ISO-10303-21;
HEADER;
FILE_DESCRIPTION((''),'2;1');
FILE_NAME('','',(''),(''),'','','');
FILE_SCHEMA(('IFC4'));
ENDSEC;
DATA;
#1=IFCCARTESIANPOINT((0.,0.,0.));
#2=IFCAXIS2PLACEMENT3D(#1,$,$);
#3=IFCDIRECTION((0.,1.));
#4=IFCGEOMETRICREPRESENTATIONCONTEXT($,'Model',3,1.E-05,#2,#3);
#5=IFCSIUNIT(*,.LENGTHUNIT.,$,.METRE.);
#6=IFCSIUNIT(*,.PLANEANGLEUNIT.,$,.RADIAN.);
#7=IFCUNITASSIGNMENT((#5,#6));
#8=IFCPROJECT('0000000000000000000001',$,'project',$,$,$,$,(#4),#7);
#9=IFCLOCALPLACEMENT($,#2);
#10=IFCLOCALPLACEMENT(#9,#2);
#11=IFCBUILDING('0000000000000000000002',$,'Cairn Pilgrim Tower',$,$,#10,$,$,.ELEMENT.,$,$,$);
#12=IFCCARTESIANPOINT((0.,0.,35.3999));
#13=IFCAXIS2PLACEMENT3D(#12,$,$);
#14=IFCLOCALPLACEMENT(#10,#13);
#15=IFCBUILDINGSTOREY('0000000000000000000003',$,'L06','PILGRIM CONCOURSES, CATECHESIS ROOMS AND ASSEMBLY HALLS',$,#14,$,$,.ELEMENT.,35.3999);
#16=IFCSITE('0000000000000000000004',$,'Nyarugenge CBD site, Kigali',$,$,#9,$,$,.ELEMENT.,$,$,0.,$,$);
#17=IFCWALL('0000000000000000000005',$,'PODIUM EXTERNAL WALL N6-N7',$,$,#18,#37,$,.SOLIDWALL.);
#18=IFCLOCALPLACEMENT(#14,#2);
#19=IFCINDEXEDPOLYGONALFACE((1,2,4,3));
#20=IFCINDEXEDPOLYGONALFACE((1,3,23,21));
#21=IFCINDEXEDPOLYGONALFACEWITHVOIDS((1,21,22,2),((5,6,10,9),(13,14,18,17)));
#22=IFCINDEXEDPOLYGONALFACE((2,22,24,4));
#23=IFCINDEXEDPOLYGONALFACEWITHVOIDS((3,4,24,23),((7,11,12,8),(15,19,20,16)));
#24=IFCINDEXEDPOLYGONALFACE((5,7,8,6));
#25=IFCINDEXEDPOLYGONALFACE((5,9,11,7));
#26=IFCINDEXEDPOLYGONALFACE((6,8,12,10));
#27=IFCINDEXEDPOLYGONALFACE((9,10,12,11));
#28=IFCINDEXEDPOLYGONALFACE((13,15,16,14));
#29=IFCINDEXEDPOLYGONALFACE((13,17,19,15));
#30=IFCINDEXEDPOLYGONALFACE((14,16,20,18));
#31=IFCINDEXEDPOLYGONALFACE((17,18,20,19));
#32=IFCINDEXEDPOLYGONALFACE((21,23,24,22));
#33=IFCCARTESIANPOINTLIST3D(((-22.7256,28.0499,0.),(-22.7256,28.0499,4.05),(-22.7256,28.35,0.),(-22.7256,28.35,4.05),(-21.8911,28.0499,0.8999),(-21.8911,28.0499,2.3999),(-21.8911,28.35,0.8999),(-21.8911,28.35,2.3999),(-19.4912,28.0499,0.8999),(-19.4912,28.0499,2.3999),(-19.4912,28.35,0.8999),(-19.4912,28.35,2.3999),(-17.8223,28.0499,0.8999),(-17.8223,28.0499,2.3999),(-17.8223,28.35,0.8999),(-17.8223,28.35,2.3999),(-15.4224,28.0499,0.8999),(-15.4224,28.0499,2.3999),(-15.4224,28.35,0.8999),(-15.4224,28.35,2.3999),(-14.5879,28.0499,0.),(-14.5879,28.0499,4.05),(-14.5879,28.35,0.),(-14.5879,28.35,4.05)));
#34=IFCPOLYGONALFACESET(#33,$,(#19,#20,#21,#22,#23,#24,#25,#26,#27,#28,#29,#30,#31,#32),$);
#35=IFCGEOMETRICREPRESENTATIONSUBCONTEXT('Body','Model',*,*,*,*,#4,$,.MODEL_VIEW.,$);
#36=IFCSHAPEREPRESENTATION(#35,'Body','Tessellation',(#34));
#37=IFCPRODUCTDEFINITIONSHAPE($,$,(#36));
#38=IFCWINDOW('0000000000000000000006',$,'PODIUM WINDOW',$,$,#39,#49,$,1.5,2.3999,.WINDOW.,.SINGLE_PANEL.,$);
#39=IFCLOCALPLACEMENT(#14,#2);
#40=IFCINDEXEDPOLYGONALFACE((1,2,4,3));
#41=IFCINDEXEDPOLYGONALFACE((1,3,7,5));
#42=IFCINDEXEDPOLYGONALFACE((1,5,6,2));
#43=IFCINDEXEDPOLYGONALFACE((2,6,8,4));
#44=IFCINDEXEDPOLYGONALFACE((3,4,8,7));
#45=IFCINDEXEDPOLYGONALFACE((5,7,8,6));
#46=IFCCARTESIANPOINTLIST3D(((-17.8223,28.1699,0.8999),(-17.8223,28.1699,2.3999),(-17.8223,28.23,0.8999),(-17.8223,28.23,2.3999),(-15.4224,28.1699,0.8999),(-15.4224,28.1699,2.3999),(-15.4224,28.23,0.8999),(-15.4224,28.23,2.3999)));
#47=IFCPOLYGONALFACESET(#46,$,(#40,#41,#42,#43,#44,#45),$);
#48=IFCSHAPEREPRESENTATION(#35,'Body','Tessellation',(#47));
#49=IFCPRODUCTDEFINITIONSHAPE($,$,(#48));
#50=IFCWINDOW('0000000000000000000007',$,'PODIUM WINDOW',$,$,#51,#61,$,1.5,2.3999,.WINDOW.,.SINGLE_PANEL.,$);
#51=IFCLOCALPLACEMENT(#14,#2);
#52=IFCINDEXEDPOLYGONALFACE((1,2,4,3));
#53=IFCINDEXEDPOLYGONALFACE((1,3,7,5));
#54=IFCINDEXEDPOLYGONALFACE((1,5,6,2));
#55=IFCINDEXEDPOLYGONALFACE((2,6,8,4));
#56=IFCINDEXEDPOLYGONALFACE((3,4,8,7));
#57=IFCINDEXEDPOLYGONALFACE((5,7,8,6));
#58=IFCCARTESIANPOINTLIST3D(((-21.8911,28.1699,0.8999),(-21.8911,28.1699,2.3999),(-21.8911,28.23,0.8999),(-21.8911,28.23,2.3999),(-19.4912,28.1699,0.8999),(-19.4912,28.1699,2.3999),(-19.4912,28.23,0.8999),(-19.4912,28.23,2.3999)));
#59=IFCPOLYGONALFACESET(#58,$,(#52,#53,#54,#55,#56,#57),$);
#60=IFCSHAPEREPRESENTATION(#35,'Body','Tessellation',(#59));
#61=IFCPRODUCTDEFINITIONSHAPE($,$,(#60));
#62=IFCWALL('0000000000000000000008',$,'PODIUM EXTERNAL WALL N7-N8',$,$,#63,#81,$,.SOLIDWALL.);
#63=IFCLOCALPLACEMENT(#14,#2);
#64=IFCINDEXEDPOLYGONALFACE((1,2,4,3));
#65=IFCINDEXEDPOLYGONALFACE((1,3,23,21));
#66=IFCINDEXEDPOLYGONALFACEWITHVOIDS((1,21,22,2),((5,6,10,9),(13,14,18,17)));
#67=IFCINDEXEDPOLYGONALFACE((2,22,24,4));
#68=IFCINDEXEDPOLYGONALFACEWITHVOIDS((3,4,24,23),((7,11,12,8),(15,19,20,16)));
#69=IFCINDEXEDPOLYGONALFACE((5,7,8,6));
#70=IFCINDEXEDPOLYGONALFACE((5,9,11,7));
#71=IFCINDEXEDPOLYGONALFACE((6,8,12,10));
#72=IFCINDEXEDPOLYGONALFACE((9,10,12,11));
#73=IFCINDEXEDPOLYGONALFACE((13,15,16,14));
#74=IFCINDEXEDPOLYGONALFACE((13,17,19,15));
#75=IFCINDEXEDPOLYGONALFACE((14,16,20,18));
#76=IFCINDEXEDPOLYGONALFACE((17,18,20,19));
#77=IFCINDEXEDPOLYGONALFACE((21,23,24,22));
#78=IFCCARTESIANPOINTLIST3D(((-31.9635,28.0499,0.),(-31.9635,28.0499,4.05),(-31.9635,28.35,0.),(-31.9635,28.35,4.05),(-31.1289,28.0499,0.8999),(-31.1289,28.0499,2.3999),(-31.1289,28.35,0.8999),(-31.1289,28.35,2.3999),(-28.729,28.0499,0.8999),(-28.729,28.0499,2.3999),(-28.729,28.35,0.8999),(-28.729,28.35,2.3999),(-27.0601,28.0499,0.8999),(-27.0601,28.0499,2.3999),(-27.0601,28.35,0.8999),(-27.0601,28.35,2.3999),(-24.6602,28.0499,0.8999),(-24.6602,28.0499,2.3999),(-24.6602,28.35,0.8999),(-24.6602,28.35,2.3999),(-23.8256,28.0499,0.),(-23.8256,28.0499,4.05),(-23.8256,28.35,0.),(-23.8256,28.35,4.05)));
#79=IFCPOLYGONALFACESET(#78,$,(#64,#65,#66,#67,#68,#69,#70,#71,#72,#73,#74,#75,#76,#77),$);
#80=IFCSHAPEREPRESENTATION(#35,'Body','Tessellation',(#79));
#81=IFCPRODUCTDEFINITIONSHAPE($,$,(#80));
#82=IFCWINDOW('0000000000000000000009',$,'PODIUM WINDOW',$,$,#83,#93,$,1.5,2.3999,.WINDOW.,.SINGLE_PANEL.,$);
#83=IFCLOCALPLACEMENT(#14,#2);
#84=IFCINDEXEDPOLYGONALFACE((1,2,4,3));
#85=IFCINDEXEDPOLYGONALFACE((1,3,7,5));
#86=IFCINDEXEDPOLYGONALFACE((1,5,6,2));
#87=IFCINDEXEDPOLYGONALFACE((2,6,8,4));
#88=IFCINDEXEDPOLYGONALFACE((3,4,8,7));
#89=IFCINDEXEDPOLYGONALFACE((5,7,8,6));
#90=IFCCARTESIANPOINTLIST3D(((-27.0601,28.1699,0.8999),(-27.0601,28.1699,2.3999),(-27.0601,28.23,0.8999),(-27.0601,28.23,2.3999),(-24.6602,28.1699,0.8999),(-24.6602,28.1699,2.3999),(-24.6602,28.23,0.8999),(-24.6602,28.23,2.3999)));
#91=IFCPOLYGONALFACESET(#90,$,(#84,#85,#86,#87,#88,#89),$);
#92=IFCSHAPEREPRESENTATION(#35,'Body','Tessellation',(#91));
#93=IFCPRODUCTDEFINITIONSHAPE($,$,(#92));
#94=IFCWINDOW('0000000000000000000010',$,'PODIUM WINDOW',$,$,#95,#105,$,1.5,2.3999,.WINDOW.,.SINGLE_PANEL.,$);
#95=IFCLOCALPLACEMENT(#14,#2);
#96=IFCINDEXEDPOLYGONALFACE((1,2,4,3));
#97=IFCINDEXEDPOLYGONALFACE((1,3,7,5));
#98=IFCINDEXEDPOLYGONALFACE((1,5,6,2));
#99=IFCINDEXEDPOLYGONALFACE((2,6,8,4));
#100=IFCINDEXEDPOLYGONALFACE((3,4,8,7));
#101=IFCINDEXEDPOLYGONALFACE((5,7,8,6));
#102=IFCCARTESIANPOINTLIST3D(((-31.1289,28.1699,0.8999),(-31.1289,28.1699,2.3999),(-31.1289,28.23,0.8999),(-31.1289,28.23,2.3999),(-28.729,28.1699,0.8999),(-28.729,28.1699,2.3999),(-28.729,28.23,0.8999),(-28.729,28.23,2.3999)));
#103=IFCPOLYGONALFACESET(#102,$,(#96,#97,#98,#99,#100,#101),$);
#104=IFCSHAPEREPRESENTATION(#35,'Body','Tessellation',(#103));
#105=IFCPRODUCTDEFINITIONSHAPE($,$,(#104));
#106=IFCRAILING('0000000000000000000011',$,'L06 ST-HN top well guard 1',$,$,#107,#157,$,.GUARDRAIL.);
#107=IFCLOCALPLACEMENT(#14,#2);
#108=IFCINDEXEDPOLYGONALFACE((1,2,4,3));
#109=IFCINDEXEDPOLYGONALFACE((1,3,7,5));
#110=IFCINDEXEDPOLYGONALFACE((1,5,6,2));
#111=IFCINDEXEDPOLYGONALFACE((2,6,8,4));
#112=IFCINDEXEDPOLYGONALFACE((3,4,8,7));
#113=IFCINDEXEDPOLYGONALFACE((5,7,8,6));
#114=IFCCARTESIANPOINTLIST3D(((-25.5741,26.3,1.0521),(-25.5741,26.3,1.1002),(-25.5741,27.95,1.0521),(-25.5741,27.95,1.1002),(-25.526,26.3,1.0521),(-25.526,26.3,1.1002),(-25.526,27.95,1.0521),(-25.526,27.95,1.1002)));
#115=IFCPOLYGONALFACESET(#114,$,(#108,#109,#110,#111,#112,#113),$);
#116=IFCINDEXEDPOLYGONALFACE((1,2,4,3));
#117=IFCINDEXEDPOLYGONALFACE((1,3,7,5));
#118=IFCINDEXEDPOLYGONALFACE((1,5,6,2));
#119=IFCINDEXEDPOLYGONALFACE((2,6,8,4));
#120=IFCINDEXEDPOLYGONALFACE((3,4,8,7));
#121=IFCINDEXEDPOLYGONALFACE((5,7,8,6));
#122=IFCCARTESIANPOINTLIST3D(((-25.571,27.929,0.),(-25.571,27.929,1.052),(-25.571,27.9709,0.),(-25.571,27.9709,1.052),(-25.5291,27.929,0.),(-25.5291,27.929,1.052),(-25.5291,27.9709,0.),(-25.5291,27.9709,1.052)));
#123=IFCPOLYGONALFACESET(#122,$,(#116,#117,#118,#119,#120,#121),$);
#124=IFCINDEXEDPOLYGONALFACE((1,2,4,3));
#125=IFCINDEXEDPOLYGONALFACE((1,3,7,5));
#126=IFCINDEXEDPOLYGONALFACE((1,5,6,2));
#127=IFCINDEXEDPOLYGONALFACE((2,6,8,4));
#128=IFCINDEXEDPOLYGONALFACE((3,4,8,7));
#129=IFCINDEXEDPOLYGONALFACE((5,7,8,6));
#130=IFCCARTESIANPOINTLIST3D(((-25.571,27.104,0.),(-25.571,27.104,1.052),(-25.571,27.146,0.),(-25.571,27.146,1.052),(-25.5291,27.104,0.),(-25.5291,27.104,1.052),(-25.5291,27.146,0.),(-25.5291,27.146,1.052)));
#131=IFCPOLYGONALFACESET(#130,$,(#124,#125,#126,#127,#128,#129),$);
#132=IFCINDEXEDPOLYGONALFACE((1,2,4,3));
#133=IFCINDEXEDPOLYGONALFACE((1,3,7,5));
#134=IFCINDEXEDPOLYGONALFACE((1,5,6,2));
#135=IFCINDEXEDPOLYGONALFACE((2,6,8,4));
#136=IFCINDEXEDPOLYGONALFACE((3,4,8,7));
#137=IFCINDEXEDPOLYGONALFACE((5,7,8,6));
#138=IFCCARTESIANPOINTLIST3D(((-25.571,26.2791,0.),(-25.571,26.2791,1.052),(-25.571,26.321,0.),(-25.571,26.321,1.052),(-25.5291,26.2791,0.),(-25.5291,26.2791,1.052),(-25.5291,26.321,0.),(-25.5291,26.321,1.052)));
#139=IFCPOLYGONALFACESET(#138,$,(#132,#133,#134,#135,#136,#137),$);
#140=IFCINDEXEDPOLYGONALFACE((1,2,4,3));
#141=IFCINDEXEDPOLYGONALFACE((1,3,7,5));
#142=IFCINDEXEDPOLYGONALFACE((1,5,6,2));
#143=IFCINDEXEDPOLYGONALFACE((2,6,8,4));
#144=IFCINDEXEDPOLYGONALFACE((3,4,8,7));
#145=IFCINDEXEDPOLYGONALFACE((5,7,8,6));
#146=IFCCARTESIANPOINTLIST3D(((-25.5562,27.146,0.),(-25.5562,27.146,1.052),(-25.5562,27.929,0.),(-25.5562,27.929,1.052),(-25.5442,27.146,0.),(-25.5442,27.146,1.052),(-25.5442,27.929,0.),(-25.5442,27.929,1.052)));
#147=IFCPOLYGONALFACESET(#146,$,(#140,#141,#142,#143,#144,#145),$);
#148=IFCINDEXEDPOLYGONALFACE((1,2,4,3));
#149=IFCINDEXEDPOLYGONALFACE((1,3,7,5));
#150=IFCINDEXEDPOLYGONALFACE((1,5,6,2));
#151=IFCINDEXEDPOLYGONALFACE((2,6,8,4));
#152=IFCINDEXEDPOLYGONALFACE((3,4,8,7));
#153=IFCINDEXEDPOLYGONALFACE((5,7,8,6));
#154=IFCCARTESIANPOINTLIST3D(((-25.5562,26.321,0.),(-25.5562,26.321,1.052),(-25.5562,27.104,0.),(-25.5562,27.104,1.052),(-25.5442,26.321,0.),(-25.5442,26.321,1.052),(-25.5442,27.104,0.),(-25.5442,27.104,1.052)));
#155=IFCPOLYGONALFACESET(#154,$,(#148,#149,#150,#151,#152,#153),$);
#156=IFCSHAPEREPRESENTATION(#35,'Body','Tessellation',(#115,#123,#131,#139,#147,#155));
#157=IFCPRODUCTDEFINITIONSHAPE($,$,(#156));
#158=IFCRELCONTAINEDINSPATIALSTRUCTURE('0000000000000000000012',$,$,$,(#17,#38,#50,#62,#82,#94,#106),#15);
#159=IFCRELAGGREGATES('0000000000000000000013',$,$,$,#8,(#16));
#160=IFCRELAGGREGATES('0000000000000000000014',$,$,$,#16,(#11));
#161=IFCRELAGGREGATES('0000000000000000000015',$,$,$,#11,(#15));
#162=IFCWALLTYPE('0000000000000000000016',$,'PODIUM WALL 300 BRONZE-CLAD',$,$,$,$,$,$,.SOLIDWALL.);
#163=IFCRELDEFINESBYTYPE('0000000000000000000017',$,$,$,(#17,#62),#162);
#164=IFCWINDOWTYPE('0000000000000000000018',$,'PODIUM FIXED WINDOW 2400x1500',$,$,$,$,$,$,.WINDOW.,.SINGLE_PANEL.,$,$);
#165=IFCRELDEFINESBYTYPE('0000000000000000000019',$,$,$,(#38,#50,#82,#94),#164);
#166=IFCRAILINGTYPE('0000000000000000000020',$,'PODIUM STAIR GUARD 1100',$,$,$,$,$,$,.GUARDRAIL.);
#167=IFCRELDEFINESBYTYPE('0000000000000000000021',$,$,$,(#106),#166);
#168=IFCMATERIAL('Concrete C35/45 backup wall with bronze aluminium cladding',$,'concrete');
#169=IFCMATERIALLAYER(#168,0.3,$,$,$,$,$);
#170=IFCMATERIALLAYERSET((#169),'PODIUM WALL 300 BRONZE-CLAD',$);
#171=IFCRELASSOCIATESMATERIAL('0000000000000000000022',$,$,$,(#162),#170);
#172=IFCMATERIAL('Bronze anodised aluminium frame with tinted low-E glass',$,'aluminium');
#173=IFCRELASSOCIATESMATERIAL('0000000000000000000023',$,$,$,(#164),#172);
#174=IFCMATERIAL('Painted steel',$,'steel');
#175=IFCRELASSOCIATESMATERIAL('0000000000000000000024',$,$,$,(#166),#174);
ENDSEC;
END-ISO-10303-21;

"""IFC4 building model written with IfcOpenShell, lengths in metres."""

from ifc_helpers import new_model, si_unit, direction, frame, frame_2d, origin, origin_2d, place, context, subcontext, project, spatial, polyline, rectangle, outline, extrude, material, layer, layer_set, type_object, element, fill, save


model = new_model("IFC4")

# Units and contexts
model_context = context("Model", 3, precision=1e-05, world=origin(), true_north=direction((0.0, 1.0)))
body_context = subcontext(model_context, "Body", "Model", "MODEL_VIEW")
ifc_project = project(units=[si_unit("LENGTHUNIT", "METRE"), si_unit("PLANEANGLEUNIT", "RADIAN")], contexts=[model_context])

# Site, building, storey
site_placement = place(None, origin())
site = spatial("IfcSite", under=ifc_project, at=site_placement, Name="Nyarugenge CBD site, Kigali", CompositionType="ELEMENT", RefElevation=0.0)
building_placement = place(site_placement, origin())
building = spatial("IfcBuilding", under=site, at=building_placement, Name="Cairn Pilgrim Tower", CompositionType="ELEMENT")
storey_placement = place(building_placement, frame((0.0, 0.0, 35.3999)))
storey = spatial("IfcBuildingStorey", under=building, at=storey_placement, Name="L06", Description="PILGRIM CONCOURSES, CATECHESIS ROOMS AND ASSEMBLY HALLS", CompositionType="ELEMENT", Elevation=35.3999)

# Walls, openings, windows
ifc_material_1 = material(Name="Concrete C35/45 backup wall with bronze aluminium cladding", Category="concrete")
ifc_layer_1 = layer(ifc_material_1, 0.3)
ifc_layer_set_1 = layer_set([ifc_layer_1], Name="PODIUM WALL 300 BRONZE-CLAD")
wall_type_1 = type_object("IfcWallType", Name="PODIUM WALL 300 BRONZE-CLAD", PredefinedType="SOLIDWALL", material=ifc_layer_set_1)
wall_1_placement = place(storey_placement, frame((-14.5879, 28.2, 0.0), z_axis=(0.0, 0.0, 1.0), x_axis=(-1.0, 0.0, 0.0)))
wall_1 = element("IfcWall", 1, at=wall_1_placement, inside=storey, type_object=wall_type_1, Name="PODIUM EXTERNAL WALL N6-N7", PredefinedType="SOLIDWALL", context=body_context, shape_type="SweptSolid", body=[
    extrude(rectangle(XDim=8.1377, YDim=0.3, at=frame_2d((4.0688, 0.0))), origin(), (0.0, 0.0, 1.0), 4.05),
])
opening_1_placement = place(wall_1_placement, frame((0.8345, 0.0, 0.8999)))
opening_1 = element("IfcOpeningElement", 2, at=opening_1_placement, cuts=wall_1, PredefinedType="OPENING", context=body_context, shape_type="SweptSolid", body=[
    extrude(rectangle(XDim=2.3999, YDim=1.5, at=frame_2d((1.2, 0.75))), frame((0.0, 0.1602, 0.0), z_axis=(0.0, -1.0, 0.0), x_axis=(1.0, 0.0, 0.0)), (0.0, 0.0, 1.0), 0.3201),
])
opening_2_placement = place(wall_1_placement, frame((4.9033, 0.0, 0.8999)))
opening_2 = element("IfcOpeningElement", 3, at=opening_2_placement, cuts=wall_1, PredefinedType="OPENING", context=body_context, shape_type="SweptSolid", body=[
    extrude(rectangle(XDim=2.3999, YDim=1.5, at=frame_2d((1.2, 0.75))), frame((0.0, 0.1602, 0.0), z_axis=(0.0, -1.0, 0.0), x_axis=(1.0, 0.0, 0.0)), (0.0, 0.0, 1.0), 0.3201),
])
ifc_material_2 = material(Name="Bronze anodised aluminium frame with tinted low-E glass", Category="aluminium")
window_type = type_object("IfcWindowType", Name="PODIUM FIXED WINDOW 2400x1500", PartitioningType="SINGLE_PANEL", PredefinedType="WINDOW", material=ifc_material_2)
window_1_placement = place(opening_1_placement, origin())
window_1 = element("IfcWindow", 4, at=window_1_placement, inside=storey, type_object=window_type, Name="PODIUM WINDOW", OverallHeight=1.5, OverallWidth=2.3999, PartitioningType="SINGLE_PANEL", PredefinedType="WINDOW", context=body_context, shape_type="SweptSolid", body=[
    extrude(rectangle(XDim=2.3999, YDim=1.5, at=frame_2d((1.2, 0.75))), frame((0.0, 0.03, 0.0), z_axis=(0.0, -1.0, 0.0), x_axis=(1.0, 0.0, 0.0)), (0.0, 0.0, 1.0), 0.0601),
])
fill(opening_1, window_1)
window_2_placement = place(opening_2_placement, origin())
window_2 = element("IfcWindow", 5, at=window_2_placement, inside=storey, type_object=window_type, Name="PODIUM WINDOW", OverallHeight=1.5, OverallWidth=2.3999, PartitioningType="SINGLE_PANEL", PredefinedType="WINDOW", context=body_context, shape_type="SweptSolid", body=[
    extrude(rectangle(XDim=2.3999, YDim=1.5, at=frame_2d((1.2, 0.75))), frame((0.0, 0.03, 0.0), z_axis=(0.0, -1.0, 0.0), x_axis=(1.0, 0.0, 0.0)), (0.0, 0.0, 1.0), 0.0601),
])
fill(opening_2, window_2)
wall_2_placement = place(storey_placement, frame((-23.8257, 28.2, 0.0), z_axis=(0.0, 0.0, 1.0), x_axis=(-1.0, 0.0, 0.0)))
wall_2 = element("IfcWall", 6, at=wall_2_placement, inside=storey, type_object=wall_type_1, Name="PODIUM EXTERNAL WALL N7-N8", PredefinedType="SOLIDWALL", context=body_context, shape_type="SweptSolid", body=[
    extrude(rectangle(XDim=8.1379, YDim=0.3, at=frame_2d((4.0688, 0.0))), origin(), (0.0, 0.0, 1.0), 4.05),
])
opening_3_placement = place(wall_2_placement, frame((0.8345, 0.0, 0.8999)))
opening_3 = element("IfcOpeningElement", 7, at=opening_3_placement, cuts=wall_2, PredefinedType="OPENING", context=body_context, shape_type="SweptSolid", body=[
    extrude(rectangle(XDim=2.3999, YDim=1.5, at=frame_2d((1.2, 0.75))), frame((0.0, 0.1602, 0.0), z_axis=(0.0, -1.0, 0.0), x_axis=(1.0, 0.0, 0.0)), (0.0, 0.0, 1.0), 0.3201),
])
opening_4_placement = place(wall_2_placement, frame((4.9033, 0.0, 0.8999)))
opening_4 = element("IfcOpeningElement", 8, at=opening_4_placement, cuts=wall_2, PredefinedType="OPENING", context=body_context, shape_type="SweptSolid", body=[
    extrude(rectangle(XDim=2.3999, YDim=1.5, at=frame_2d((1.2, 0.75))), frame((0.0, 0.1602, 0.0), z_axis=(0.0, -1.0, 0.0), x_axis=(1.0, 0.0, 0.0)), (0.0, 0.0, 1.0), 0.3201),
])
window_3_placement = place(opening_3_placement, origin())
window_3 = element("IfcWindow", 9, at=window_3_placement, inside=storey, type_object=window_type, Name="PODIUM WINDOW", OverallHeight=1.5, OverallWidth=2.3999, PartitioningType="SINGLE_PANEL", PredefinedType="WINDOW", context=body_context, shape_type="SweptSolid", body=[
    extrude(rectangle(XDim=2.3999, YDim=1.5, at=frame_2d((1.2, 0.75))), frame((0.0, 0.03, 0.0), z_axis=(0.0, -1.0, 0.0), x_axis=(1.0, 0.0, 0.0)), (0.0, 0.0, 1.0), 0.0601),
])
fill(opening_3, window_3)
window_4_placement = place(opening_4_placement, origin())
window_4 = element("IfcWindow", 10, at=window_4_placement, inside=storey, type_object=window_type, Name="PODIUM WINDOW", OverallHeight=1.5, OverallWidth=2.3999, PartitioningType="SINGLE_PANEL", PredefinedType="WINDOW", context=body_context, shape_type="SweptSolid", body=[
    extrude(rectangle(XDim=2.3999, YDim=1.5, at=frame_2d((1.2, 0.75))), frame((0.0, 0.03, 0.0), z_axis=(0.0, -1.0, 0.0), x_axis=(1.0, 0.0, 0.0)), (0.0, 0.0, 1.0), 0.0601),
])
fill(opening_4, window_4)

# Railing
ifc_material_3 = material(Name="Painted steel", Category="steel")
railing_type = type_object("IfcRailingType", Name="PODIUM STAIR GUARD 1100", PredefinedType="GUARDRAIL", material=ifc_material_3)
railing_placement = place(storey_placement, frame((-25.55, 27.95, 0.0)))
element("IfcRailing", 11, at=railing_placement, inside=storey, type_object=railing_type, Name="L06 ST-HN top well guard 1", PredefinedType="GUARDRAIL", context=body_context, shape_type="SweptSolid", body=[
    extrude(rectangle(XDim=0.0481, YDim=0.0481, at=origin_2d()), frame((0.0, 0.0, 1.0762), z_axis=(0.0, -1.0, 0.0), x_axis=(1.0, 0.0, 0.0)), (0.0, 0.0, 1.0), 1.6499),
    extrude(rectangle(XDim=0.042, YDim=0.042, at=origin_2d()), origin(), (0.0, 0.0, 1.0), 1.052),
    extrude(rectangle(XDim=0.042, YDim=0.042, at=origin_2d()), frame((0.0, -0.825, 0.0)), (0.0, 0.0, 1.0), 1.052),
    extrude(rectangle(XDim=0.042, YDim=0.042, at=origin_2d()), frame((0.0, -1.6499, 0.0)), (0.0, 0.0, 1.0), 1.052),
    extrude(outline(polyline([(0.021, 0.0), (0.804, 0.0), (0.804, 1.052), (0.021, 1.052), (0.021, 0.0)])), frame((0.0059, 0.0, 0.0), z_axis=(-1.0, 0.0, 0.0), x_axis=(0.0, -1.0, 0.0)), (0.0, 0.0, 1.0), 0.012),
    extrude(outline(polyline([(0.021, 0.0), (0.804, 0.0), (0.804, 1.052), (0.021, 1.052), (0.021, 0.0)])), frame((0.0059, -0.825, 0.0), z_axis=(-1.0, 0.0, 0.0), x_axis=(0.0, -1.0, 0.0)), (0.0, 0.0, 1.0), 0.012),
])

save(model, "model.ifc")
